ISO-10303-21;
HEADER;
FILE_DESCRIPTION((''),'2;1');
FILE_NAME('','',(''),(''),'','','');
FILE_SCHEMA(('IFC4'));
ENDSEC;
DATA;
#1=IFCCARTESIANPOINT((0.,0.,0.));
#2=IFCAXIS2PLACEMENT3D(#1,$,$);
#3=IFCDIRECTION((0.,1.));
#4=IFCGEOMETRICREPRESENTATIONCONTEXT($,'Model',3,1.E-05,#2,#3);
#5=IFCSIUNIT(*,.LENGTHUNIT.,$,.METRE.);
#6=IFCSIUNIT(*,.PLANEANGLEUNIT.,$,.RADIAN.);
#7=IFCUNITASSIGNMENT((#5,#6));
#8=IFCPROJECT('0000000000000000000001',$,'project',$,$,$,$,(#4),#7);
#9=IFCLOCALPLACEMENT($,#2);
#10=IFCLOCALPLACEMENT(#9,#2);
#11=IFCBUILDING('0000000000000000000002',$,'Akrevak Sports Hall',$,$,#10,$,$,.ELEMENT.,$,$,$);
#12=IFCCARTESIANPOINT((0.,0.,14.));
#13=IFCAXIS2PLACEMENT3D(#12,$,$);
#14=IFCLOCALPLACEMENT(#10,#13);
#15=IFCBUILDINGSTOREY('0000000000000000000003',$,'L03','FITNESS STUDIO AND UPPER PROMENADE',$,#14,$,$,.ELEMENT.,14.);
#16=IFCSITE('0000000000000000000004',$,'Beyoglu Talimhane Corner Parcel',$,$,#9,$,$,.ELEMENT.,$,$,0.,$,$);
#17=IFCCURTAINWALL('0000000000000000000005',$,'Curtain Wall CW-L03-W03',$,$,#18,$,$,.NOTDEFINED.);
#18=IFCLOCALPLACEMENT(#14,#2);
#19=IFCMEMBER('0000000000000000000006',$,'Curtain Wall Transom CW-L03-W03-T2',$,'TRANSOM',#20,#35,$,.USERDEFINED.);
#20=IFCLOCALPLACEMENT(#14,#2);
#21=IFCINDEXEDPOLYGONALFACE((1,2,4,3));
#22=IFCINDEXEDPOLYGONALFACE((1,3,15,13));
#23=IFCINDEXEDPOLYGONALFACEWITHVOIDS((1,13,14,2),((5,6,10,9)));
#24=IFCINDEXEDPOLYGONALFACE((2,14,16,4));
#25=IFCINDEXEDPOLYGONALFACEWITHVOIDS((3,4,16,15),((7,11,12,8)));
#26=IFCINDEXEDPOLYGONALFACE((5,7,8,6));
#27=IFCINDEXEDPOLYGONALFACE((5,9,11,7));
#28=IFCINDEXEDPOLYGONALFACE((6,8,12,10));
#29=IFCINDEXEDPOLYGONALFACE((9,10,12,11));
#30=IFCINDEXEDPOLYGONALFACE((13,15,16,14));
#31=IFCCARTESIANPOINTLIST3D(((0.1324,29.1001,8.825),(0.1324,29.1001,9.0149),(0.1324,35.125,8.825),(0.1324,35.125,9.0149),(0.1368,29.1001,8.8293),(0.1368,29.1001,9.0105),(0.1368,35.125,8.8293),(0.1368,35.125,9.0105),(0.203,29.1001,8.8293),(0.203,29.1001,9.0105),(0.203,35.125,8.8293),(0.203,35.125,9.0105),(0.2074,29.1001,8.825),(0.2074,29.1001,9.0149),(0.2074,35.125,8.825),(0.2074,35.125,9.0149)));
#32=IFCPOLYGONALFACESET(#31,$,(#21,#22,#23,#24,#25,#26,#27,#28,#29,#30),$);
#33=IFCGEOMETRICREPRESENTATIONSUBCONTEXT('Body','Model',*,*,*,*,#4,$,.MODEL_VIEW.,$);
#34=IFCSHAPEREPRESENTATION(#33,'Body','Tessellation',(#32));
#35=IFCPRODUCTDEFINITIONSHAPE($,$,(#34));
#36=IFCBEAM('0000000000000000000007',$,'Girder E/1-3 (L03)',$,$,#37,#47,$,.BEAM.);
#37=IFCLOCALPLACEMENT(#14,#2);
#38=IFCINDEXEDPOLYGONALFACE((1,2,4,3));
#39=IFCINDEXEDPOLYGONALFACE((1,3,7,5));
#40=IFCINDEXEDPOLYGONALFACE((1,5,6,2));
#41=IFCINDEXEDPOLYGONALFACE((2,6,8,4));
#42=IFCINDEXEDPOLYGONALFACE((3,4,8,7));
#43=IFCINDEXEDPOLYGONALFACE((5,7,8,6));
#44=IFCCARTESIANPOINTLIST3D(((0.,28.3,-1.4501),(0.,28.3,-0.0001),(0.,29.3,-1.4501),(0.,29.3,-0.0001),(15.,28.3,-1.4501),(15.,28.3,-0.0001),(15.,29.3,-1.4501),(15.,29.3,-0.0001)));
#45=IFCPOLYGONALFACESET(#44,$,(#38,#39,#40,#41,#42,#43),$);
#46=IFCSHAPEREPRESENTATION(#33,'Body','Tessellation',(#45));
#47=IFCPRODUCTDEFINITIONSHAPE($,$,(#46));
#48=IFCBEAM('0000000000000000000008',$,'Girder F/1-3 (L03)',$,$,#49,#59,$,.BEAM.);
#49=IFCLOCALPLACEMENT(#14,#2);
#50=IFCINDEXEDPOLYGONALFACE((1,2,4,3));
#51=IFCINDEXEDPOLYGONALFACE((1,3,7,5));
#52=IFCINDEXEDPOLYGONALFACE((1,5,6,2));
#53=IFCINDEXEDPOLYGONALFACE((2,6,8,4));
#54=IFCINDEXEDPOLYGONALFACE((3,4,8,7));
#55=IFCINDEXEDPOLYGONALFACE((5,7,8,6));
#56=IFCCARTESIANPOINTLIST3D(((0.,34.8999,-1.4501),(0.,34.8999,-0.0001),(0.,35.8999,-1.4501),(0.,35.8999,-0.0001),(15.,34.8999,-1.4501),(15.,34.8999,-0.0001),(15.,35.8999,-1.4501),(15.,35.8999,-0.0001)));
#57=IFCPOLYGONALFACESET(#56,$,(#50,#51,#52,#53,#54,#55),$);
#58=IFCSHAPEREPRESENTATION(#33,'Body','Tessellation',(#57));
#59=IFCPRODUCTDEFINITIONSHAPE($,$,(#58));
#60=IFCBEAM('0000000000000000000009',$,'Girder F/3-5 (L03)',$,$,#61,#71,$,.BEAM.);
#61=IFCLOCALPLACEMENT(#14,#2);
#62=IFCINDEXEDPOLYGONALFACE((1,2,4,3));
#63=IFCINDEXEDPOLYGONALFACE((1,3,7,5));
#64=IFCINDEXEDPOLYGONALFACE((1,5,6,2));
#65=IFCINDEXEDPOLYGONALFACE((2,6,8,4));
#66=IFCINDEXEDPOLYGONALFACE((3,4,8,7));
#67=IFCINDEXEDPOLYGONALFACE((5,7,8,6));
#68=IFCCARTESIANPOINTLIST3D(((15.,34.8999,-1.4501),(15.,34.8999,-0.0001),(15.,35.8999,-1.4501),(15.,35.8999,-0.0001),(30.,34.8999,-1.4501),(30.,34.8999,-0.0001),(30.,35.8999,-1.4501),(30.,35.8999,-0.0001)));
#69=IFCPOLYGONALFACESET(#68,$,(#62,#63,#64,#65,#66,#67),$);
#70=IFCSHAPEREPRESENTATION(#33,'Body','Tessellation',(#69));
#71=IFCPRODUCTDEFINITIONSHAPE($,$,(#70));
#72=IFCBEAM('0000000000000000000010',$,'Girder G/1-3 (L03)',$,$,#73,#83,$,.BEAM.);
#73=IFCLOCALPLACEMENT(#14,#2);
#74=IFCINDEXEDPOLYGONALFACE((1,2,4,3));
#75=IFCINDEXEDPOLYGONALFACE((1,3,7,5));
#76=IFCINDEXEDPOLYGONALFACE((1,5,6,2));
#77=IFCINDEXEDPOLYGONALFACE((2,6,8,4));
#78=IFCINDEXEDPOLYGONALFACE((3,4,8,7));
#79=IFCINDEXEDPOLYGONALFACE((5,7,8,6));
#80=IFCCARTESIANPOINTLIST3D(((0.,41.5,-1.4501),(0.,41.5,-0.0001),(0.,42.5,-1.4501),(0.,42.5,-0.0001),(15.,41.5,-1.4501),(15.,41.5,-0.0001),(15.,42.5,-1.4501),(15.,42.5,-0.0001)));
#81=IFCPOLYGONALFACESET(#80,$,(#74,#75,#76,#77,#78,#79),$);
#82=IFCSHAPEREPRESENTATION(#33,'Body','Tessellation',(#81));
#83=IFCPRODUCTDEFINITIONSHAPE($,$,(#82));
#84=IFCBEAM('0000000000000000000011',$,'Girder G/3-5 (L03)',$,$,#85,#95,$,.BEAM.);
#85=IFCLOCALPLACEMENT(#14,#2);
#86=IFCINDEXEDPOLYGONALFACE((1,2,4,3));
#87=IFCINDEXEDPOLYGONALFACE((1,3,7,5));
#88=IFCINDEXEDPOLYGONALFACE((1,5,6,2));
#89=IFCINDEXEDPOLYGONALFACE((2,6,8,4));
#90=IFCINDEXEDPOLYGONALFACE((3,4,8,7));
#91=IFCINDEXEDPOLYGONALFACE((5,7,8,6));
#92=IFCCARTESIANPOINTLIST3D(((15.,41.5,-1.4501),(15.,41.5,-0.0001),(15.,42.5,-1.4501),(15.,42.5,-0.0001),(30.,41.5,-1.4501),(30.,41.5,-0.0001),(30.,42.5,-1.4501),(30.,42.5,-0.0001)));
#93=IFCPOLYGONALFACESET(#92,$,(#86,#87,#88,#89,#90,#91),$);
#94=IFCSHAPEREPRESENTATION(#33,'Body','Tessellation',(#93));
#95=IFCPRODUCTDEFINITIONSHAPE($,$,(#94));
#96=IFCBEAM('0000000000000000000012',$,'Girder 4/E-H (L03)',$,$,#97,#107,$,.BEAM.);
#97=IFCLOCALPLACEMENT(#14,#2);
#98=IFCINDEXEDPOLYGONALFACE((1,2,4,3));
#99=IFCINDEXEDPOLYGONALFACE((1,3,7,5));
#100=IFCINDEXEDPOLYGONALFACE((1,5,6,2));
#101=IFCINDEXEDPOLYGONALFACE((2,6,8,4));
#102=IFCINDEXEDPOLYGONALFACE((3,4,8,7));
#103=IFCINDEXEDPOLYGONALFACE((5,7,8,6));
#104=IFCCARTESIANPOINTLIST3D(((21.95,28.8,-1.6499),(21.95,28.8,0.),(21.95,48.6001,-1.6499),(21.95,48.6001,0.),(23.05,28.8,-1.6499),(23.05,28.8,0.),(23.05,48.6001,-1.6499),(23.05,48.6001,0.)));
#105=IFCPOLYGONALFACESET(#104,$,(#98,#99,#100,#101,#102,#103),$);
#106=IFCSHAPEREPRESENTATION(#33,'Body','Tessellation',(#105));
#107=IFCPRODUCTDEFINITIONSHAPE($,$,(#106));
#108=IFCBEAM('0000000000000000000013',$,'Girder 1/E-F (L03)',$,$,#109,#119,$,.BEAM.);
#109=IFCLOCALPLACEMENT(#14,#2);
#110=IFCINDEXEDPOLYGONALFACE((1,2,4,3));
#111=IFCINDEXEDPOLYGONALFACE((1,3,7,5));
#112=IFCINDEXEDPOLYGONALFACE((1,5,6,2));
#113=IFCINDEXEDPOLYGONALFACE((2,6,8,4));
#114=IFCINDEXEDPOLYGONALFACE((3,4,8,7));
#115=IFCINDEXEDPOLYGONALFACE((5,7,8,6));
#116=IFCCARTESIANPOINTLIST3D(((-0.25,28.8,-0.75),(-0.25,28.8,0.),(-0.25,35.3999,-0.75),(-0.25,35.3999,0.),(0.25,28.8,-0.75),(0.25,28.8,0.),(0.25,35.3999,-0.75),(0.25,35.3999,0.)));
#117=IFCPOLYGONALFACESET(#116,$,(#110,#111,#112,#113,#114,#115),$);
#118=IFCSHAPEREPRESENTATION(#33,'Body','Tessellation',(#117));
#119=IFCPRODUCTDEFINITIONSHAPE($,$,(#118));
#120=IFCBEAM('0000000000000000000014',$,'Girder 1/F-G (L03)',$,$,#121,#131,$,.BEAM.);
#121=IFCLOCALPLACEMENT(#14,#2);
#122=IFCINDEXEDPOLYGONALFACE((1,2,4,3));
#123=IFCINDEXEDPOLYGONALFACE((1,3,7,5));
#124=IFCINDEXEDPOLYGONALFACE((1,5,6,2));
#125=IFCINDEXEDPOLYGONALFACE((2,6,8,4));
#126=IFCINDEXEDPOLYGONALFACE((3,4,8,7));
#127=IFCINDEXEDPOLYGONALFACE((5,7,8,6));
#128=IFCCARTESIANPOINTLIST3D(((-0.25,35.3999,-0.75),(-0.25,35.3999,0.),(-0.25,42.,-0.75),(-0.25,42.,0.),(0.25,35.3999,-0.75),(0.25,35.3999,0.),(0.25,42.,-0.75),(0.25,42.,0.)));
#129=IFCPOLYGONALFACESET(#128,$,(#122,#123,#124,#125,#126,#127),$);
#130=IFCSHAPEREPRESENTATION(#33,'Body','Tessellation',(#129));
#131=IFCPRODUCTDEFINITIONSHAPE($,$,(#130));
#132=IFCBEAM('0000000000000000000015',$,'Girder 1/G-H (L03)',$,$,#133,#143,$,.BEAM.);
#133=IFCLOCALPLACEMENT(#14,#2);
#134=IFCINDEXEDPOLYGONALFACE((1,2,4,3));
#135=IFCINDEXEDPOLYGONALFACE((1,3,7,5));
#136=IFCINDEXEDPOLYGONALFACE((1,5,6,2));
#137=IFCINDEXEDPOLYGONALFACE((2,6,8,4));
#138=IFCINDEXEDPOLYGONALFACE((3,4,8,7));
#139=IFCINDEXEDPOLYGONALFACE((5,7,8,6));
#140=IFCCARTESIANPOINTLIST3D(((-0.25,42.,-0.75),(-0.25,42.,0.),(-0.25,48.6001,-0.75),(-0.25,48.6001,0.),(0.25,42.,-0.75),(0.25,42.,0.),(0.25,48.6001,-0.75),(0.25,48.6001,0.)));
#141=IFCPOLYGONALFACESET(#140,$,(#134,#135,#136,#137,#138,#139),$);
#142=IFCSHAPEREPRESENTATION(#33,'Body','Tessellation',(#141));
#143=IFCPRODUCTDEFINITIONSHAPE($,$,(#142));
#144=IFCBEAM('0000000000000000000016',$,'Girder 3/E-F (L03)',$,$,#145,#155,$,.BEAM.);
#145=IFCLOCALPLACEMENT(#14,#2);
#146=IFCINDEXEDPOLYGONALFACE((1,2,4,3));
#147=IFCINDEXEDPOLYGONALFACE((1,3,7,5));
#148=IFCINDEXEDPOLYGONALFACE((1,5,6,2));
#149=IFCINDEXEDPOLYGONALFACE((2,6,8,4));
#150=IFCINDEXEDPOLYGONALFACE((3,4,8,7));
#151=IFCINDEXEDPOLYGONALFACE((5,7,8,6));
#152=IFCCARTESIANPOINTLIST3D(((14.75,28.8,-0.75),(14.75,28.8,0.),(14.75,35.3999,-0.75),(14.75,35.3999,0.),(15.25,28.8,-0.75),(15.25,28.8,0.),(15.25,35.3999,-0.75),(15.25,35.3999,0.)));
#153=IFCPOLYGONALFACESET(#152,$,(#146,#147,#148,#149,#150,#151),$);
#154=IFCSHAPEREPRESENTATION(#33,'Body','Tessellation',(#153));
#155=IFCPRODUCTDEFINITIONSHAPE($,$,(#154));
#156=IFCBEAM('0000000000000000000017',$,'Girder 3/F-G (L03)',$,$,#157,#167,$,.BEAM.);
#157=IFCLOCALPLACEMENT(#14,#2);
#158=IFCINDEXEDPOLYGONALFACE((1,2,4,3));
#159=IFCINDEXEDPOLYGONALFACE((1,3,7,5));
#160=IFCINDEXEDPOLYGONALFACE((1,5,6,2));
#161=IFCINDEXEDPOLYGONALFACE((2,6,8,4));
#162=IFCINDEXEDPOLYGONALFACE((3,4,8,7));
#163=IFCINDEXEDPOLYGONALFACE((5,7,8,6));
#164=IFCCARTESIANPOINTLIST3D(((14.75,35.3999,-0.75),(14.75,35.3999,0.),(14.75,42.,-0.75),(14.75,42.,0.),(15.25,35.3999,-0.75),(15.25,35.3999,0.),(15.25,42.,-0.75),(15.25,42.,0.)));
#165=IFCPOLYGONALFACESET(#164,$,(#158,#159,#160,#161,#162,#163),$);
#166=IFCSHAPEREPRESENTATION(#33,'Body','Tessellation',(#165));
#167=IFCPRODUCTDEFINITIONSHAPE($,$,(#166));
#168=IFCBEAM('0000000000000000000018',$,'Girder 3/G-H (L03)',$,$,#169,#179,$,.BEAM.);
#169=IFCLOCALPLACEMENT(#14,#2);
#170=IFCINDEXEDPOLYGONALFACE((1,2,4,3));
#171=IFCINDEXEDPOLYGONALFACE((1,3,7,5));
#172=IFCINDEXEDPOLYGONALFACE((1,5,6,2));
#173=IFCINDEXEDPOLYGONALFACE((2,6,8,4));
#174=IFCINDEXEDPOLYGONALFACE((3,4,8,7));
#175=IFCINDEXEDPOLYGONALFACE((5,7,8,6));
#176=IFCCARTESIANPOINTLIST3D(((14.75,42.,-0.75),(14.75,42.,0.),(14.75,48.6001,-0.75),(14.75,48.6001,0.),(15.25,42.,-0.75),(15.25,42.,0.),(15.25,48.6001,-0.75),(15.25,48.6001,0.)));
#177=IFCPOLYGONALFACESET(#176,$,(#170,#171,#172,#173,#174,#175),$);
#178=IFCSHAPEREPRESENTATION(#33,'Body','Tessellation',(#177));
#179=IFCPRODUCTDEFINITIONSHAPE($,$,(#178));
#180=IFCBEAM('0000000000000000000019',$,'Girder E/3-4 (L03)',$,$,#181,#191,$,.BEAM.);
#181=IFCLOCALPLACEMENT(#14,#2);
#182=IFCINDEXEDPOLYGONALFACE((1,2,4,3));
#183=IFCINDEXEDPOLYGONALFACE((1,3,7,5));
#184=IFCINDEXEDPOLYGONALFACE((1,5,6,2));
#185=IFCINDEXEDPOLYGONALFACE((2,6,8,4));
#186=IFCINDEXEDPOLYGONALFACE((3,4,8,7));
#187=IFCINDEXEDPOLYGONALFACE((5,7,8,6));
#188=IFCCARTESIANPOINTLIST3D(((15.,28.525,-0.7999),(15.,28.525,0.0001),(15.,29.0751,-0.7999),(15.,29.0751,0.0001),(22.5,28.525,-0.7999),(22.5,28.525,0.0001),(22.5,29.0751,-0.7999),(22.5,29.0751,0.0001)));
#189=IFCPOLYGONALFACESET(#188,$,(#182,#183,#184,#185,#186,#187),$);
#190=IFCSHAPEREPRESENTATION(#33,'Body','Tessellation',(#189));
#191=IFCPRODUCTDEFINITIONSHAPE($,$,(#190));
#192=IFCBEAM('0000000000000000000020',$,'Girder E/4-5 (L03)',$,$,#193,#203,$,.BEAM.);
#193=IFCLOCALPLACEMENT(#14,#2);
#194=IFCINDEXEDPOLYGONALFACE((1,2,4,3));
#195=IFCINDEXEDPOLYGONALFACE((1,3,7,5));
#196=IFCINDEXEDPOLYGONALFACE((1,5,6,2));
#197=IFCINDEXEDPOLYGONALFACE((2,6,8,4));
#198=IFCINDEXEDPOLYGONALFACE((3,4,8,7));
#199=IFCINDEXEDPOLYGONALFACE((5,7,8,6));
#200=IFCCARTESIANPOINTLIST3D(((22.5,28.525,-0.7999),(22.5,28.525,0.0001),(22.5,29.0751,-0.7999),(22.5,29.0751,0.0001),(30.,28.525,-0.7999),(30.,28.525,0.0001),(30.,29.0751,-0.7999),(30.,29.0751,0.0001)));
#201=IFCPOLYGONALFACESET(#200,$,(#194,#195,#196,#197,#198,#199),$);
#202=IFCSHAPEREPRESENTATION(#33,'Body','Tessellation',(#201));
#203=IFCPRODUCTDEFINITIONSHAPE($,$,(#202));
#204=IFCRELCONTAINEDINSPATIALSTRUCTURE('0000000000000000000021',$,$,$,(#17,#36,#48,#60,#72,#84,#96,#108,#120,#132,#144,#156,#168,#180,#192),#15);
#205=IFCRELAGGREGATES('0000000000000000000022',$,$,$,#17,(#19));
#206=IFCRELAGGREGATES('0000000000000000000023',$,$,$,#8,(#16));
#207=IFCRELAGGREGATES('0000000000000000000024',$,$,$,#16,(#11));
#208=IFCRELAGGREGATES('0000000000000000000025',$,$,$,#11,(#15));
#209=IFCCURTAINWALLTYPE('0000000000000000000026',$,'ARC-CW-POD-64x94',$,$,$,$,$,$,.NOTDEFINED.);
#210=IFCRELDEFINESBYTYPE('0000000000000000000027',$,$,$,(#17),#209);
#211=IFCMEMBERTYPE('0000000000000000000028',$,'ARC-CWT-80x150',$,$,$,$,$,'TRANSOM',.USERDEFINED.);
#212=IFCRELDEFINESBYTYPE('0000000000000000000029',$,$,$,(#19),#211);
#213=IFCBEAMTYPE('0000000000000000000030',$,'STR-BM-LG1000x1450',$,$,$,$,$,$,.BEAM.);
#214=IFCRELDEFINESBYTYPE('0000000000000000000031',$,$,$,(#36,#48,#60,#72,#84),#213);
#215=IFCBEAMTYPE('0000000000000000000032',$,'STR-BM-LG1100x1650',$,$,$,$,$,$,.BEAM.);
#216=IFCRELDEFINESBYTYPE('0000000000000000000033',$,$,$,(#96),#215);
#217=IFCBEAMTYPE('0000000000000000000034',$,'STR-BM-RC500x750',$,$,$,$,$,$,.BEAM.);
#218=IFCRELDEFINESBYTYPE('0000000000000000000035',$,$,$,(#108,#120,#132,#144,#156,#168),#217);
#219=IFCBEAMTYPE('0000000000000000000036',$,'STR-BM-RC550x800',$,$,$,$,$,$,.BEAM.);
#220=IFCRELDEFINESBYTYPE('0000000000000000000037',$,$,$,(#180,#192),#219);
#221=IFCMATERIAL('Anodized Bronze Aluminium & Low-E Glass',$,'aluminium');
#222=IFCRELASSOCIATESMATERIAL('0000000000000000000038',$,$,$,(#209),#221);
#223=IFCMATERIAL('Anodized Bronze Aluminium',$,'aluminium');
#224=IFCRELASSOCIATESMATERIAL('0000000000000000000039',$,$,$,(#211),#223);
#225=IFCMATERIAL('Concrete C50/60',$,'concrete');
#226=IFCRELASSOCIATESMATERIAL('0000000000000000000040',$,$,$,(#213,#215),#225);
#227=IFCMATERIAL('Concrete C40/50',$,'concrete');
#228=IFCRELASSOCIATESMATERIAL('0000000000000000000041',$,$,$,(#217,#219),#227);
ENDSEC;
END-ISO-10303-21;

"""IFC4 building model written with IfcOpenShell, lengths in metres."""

from ifc_helpers import new_model, si_unit, direction, frame, origin, origin_2d, place, context, subcontext, project, spatial, rectangle, hollow_rectangle, extrude, material, material_profile, profile_set, type_object, element, aggregate, save


model = new_model("IFC4")

# Units and contexts
model_context = context("Model", 3, precision=1e-05, world=origin(), true_north=direction((0.0, 1.0)))
body_context = subcontext(model_context, "Body", "Model", "MODEL_VIEW")
ifc_project = project(units=[si_unit("LENGTHUNIT", "METRE"), si_unit("PLANEANGLEUNIT", "RADIAN")], contexts=[model_context])

# Site, building, storey
site_placement = place(None, origin())
site = spatial("IfcSite", under=ifc_project, at=site_placement, Name="Beyoglu Talimhane Corner Parcel", CompositionType="ELEMENT", RefElevation=0.0)
building_placement = place(site_placement, origin())
building = spatial("IfcBuilding", under=site, at=building_placement, Name="Akrevak Sports Hall", CompositionType="ELEMENT")
storey_placement = place(building_placement, frame((0.0, 0.0, 14.0)))
storey = spatial("IfcBuildingStorey", under=building, at=storey_placement, Name="L03", Description="FITNESS STUDIO AND UPPER PROMENADE", CompositionType="ELEMENT", Elevation=14.0)

# Shared definitions
ifc_material_1 = material(Name="Concrete C40/50", Category="concrete")

# Curtain wall
ifc_material_2 = material(Name="Anodized Bronze Aluminium & Low-E Glass", Category="aluminium")
curtain_wall_type = type_object("IfcCurtainWallType", Name="ARC-CW-POD-64x94", PredefinedType="NOTDEFINED", material=ifc_material_2)
curtain_wall_1_placement = place(storey_placement, origin())
curtain_wall_1 = element("IfcCurtainWall", 1, at=curtain_wall_1_placement, inside=storey, type_object=curtain_wall_type, Name="Curtain Wall CW-L03-W03", PredefinedType="NOTDEFINED")
ifc_material_3 = material(Name="Anodized Bronze Aluminium", Category="aluminium")

# Member
ifc_material_profile_1 = material_profile(ifc_material_3, hollow_rectangle(XDim=0.075, YDim=0.1899, WallThickness=0.0044, at=origin_2d()), Name="CWT 75x190", Category="aluminium")
ifc_profile_set_1 = profile_set([ifc_material_profile_1], Name="Anodized Bronze Aluminium")
member_type_1 = type_object("IfcMemberType", Name="ARC-CWT-80x150", ElementType="TRANSOM", PredefinedType="USERDEFINED", material=ifc_profile_set_1)
member_1_placement = place(storey_placement, frame((0.1699, 35.125, 8.9199), z_axis=(0.0, -1.0, 0.0), x_axis=(1.0, 0.0, 0.0)))
member_1 = element("IfcMember", 2, at=member_1_placement, type_object=member_type_1, Name="Curtain Wall Transom CW-L03-W03-T2", ObjectType="TRANSOM", PredefinedType="USERDEFINED", context=body_context, shape_type="SweptSolid", body=[
    extrude(hollow_rectangle(XDim=0.075, YDim=0.1899, WallThickness=0.0044, at=origin_2d()), origin(), (0.0, 0.0, 1.0), 6.0249),
])

# Beams
ifc_material_4 = material(Name="Concrete C50/60", Category="concrete")
ifc_material_profile_2 = material_profile(ifc_material_4, rectangle(XDim=1.0, YDim=1.45, at=origin_2d()), Name="BM 1000x1450", Category="concrete")
ifc_profile_set_2 = profile_set([ifc_material_profile_2], Name="Concrete C50/60")
beam_type_1 = type_object("IfcBeamType", Name="STR-BM-LG1000x1450", PredefinedType="BEAM", material=ifc_profile_set_2)
for number, where, z_axis, x_axis, name in (
    (3, (0.0, 28.8, -0.7251), (1.0, 0.0, 0.0), (0.0, 1.0, 0.0), "Girder E/1-3 (L03)"),
    (4, (0.0, 35.3999, -0.7251), (1.0, 0.0, 0.0), (0.0, 1.0, 0.0), "Girder F/1-3 (L03)"),
    (5, (15.0, 35.3999, -0.7251), (1.0, 0.0, 0.0), (0.0, 1.0, 0.0), "Girder F/3-5 (L03)"),
    (6, (0.0, 42.0, -0.7251), (1.0, 0.0, 0.0), (0.0, 1.0, 0.0), "Girder G/1-3 (L03)"),
    (7, (15.0, 42.0, -0.7251), (1.0, 0.0, 0.0), (0.0, 1.0, 0.0), "Girder G/3-5 (L03)"),
):
    element("IfcBeam", number, at=place(storey_placement, frame(where, z_axis=z_axis, x_axis=x_axis)), inside=storey, type_object=beam_type_1, Name=name, PredefinedType="BEAM", context=body_context, shape_type="SweptSolid", body=[
        extrude(rectangle(XDim=1.0, YDim=1.45, at=origin_2d()), origin(), (0.0, 0.0, 1.0), 15.0),
    ])
ifc_material_profile_3 = material_profile(ifc_material_4, rectangle(XDim=1.1001, YDim=1.6499, at=origin_2d()), Name="BM 1100x1650", Category="concrete")
ifc_profile_set_3 = profile_set([ifc_material_profile_3], Name="Concrete C50/60")
beam_type_2 = type_object("IfcBeamType", Name="STR-BM-LG1100x1650", PredefinedType="BEAM", material=ifc_profile_set_3)
beam_1_placement = place(storey_placement, frame((22.5, 28.8, -0.825), z_axis=(0.0, 1.0, 0.0), x_axis=(-1.0, 0.0, 0.0)))
element("IfcBeam", 8, at=beam_1_placement, inside=storey, type_object=beam_type_2, Name="Girder 4/E-H (L03)", PredefinedType="BEAM", context=body_context, shape_type="SweptSolid", body=[
    extrude(rectangle(XDim=1.1001, YDim=1.6499, at=origin_2d()), origin(), (0.0, 0.0, 1.0), 19.8),
])
ifc_material_profile_4 = material_profile(ifc_material_1, rectangle(XDim=0.5, YDim=0.75, at=origin_2d()), Name="BM 500x750", Category="concrete")
ifc_profile_set_4 = profile_set([ifc_material_profile_4], Name="Concrete C40/50")
beam_type_3 = type_object("IfcBeamType", Name="STR-BM-RC500x750", PredefinedType="BEAM", material=ifc_profile_set_4)
beam_2_placement = place(storey_placement, frame((0.0, 28.8, -0.375), z_axis=(0.0, 1.0, 0.0), x_axis=(-1.0, 0.0, 0.0)))
element("IfcBeam", 9, at=beam_2_placement, inside=storey, type_object=beam_type_3, Name="Girder 1/E-F (L03)", PredefinedType="BEAM", context=body_context, shape_type="SweptSolid", body=[
    extrude(rectangle(XDim=0.5, YDim=0.75, at=origin_2d()), origin(), (0.0, 0.0, 1.0), 6.5999),
])
for number, where, z_axis, x_axis, name in (
    (10, (0.0, 35.3999, -0.375), (0.0, 1.0, 0.0), (-1.0, 0.0, 0.0), "Girder 1/F-G (L03)"),
    (11, (0.0, 42.0, -0.375), (0.0, 1.0, 0.0), (-1.0, 0.0, 0.0), "Girder 1/G-H (L03)"),
):
    element("IfcBeam", number, at=place(storey_placement, frame(where, z_axis=z_axis, x_axis=x_axis)), inside=storey, type_object=beam_type_3, Name=name, PredefinedType="BEAM", context=body_context, shape_type="SweptSolid", body=[
        extrude(rectangle(XDim=0.5, YDim=0.75, at=origin_2d()), origin(), (0.0, 0.0, 1.0), 6.6001),
    ])
beam_3_placement = place(storey_placement, frame((15.0, 28.8, -0.375), z_axis=(0.0, 1.0, 0.0), x_axis=(-1.0, 0.0, 0.0)))
element("IfcBeam", 12, at=beam_3_placement, inside=storey, type_object=beam_type_3, Name="Girder 3/E-F (L03)", PredefinedType="BEAM", context=body_context, shape_type="SweptSolid", body=[
    extrude(rectangle(XDim=0.5, YDim=0.75, at=origin_2d()), origin(), (0.0, 0.0, 1.0), 6.5999),
])
for number, where, z_axis, x_axis, name in (
    (13, (15.0, 35.3999, -0.375), (0.0, 1.0, 0.0), (-1.0, 0.0, 0.0), "Girder 3/F-G (L03)"),
    (14, (15.0, 42.0, -0.375), (0.0, 1.0, 0.0), (-1.0, 0.0, 0.0), "Girder 3/G-H (L03)"),
):
    element("IfcBeam", number, at=place(storey_placement, frame(where, z_axis=z_axis, x_axis=x_axis)), inside=storey, type_object=beam_type_3, Name=name, PredefinedType="BEAM", context=body_context, shape_type="SweptSolid", body=[
        extrude(rectangle(XDim=0.5, YDim=0.75, at=origin_2d()), origin(), (0.0, 0.0, 1.0), 6.6001),
    ])
ifc_material_profile_5 = material_profile(ifc_material_1, rectangle(XDim=0.55, YDim=0.8, at=origin_2d()), Name="BM 550x800", Category="concrete")
ifc_profile_set_5 = profile_set([ifc_material_profile_5], Name="Concrete C40/50")
beam_type_4 = type_object("IfcBeamType", Name="STR-BM-RC550x800", PredefinedType="BEAM", material=ifc_profile_set_5)
for number, where, z_axis, x_axis, name in (
    (15, (15.0, 28.8, -0.3999), (1.0, 0.0, 0.0), (0.0, 1.0, 0.0), "Girder E/3-4 (L03)"),
    (16, (22.5, 28.8, -0.3999), (1.0, 0.0, 0.0), (0.0, 1.0, 0.0), "Girder E/4-5 (L03)"),
):
    element("IfcBeam", number, at=place(storey_placement, frame(where, z_axis=z_axis, x_axis=x_axis)), inside=storey, type_object=beam_type_4, Name=name, PredefinedType="BEAM", context=body_context, shape_type="SweptSolid", body=[
        extrude(rectangle(XDim=0.55, YDim=0.8, at=origin_2d()), origin(), (0.0, 0.0, 1.0), 7.5),
    ])

aggregate(curtain_wall_1, [member_1])

save(model, "model.ifc")
